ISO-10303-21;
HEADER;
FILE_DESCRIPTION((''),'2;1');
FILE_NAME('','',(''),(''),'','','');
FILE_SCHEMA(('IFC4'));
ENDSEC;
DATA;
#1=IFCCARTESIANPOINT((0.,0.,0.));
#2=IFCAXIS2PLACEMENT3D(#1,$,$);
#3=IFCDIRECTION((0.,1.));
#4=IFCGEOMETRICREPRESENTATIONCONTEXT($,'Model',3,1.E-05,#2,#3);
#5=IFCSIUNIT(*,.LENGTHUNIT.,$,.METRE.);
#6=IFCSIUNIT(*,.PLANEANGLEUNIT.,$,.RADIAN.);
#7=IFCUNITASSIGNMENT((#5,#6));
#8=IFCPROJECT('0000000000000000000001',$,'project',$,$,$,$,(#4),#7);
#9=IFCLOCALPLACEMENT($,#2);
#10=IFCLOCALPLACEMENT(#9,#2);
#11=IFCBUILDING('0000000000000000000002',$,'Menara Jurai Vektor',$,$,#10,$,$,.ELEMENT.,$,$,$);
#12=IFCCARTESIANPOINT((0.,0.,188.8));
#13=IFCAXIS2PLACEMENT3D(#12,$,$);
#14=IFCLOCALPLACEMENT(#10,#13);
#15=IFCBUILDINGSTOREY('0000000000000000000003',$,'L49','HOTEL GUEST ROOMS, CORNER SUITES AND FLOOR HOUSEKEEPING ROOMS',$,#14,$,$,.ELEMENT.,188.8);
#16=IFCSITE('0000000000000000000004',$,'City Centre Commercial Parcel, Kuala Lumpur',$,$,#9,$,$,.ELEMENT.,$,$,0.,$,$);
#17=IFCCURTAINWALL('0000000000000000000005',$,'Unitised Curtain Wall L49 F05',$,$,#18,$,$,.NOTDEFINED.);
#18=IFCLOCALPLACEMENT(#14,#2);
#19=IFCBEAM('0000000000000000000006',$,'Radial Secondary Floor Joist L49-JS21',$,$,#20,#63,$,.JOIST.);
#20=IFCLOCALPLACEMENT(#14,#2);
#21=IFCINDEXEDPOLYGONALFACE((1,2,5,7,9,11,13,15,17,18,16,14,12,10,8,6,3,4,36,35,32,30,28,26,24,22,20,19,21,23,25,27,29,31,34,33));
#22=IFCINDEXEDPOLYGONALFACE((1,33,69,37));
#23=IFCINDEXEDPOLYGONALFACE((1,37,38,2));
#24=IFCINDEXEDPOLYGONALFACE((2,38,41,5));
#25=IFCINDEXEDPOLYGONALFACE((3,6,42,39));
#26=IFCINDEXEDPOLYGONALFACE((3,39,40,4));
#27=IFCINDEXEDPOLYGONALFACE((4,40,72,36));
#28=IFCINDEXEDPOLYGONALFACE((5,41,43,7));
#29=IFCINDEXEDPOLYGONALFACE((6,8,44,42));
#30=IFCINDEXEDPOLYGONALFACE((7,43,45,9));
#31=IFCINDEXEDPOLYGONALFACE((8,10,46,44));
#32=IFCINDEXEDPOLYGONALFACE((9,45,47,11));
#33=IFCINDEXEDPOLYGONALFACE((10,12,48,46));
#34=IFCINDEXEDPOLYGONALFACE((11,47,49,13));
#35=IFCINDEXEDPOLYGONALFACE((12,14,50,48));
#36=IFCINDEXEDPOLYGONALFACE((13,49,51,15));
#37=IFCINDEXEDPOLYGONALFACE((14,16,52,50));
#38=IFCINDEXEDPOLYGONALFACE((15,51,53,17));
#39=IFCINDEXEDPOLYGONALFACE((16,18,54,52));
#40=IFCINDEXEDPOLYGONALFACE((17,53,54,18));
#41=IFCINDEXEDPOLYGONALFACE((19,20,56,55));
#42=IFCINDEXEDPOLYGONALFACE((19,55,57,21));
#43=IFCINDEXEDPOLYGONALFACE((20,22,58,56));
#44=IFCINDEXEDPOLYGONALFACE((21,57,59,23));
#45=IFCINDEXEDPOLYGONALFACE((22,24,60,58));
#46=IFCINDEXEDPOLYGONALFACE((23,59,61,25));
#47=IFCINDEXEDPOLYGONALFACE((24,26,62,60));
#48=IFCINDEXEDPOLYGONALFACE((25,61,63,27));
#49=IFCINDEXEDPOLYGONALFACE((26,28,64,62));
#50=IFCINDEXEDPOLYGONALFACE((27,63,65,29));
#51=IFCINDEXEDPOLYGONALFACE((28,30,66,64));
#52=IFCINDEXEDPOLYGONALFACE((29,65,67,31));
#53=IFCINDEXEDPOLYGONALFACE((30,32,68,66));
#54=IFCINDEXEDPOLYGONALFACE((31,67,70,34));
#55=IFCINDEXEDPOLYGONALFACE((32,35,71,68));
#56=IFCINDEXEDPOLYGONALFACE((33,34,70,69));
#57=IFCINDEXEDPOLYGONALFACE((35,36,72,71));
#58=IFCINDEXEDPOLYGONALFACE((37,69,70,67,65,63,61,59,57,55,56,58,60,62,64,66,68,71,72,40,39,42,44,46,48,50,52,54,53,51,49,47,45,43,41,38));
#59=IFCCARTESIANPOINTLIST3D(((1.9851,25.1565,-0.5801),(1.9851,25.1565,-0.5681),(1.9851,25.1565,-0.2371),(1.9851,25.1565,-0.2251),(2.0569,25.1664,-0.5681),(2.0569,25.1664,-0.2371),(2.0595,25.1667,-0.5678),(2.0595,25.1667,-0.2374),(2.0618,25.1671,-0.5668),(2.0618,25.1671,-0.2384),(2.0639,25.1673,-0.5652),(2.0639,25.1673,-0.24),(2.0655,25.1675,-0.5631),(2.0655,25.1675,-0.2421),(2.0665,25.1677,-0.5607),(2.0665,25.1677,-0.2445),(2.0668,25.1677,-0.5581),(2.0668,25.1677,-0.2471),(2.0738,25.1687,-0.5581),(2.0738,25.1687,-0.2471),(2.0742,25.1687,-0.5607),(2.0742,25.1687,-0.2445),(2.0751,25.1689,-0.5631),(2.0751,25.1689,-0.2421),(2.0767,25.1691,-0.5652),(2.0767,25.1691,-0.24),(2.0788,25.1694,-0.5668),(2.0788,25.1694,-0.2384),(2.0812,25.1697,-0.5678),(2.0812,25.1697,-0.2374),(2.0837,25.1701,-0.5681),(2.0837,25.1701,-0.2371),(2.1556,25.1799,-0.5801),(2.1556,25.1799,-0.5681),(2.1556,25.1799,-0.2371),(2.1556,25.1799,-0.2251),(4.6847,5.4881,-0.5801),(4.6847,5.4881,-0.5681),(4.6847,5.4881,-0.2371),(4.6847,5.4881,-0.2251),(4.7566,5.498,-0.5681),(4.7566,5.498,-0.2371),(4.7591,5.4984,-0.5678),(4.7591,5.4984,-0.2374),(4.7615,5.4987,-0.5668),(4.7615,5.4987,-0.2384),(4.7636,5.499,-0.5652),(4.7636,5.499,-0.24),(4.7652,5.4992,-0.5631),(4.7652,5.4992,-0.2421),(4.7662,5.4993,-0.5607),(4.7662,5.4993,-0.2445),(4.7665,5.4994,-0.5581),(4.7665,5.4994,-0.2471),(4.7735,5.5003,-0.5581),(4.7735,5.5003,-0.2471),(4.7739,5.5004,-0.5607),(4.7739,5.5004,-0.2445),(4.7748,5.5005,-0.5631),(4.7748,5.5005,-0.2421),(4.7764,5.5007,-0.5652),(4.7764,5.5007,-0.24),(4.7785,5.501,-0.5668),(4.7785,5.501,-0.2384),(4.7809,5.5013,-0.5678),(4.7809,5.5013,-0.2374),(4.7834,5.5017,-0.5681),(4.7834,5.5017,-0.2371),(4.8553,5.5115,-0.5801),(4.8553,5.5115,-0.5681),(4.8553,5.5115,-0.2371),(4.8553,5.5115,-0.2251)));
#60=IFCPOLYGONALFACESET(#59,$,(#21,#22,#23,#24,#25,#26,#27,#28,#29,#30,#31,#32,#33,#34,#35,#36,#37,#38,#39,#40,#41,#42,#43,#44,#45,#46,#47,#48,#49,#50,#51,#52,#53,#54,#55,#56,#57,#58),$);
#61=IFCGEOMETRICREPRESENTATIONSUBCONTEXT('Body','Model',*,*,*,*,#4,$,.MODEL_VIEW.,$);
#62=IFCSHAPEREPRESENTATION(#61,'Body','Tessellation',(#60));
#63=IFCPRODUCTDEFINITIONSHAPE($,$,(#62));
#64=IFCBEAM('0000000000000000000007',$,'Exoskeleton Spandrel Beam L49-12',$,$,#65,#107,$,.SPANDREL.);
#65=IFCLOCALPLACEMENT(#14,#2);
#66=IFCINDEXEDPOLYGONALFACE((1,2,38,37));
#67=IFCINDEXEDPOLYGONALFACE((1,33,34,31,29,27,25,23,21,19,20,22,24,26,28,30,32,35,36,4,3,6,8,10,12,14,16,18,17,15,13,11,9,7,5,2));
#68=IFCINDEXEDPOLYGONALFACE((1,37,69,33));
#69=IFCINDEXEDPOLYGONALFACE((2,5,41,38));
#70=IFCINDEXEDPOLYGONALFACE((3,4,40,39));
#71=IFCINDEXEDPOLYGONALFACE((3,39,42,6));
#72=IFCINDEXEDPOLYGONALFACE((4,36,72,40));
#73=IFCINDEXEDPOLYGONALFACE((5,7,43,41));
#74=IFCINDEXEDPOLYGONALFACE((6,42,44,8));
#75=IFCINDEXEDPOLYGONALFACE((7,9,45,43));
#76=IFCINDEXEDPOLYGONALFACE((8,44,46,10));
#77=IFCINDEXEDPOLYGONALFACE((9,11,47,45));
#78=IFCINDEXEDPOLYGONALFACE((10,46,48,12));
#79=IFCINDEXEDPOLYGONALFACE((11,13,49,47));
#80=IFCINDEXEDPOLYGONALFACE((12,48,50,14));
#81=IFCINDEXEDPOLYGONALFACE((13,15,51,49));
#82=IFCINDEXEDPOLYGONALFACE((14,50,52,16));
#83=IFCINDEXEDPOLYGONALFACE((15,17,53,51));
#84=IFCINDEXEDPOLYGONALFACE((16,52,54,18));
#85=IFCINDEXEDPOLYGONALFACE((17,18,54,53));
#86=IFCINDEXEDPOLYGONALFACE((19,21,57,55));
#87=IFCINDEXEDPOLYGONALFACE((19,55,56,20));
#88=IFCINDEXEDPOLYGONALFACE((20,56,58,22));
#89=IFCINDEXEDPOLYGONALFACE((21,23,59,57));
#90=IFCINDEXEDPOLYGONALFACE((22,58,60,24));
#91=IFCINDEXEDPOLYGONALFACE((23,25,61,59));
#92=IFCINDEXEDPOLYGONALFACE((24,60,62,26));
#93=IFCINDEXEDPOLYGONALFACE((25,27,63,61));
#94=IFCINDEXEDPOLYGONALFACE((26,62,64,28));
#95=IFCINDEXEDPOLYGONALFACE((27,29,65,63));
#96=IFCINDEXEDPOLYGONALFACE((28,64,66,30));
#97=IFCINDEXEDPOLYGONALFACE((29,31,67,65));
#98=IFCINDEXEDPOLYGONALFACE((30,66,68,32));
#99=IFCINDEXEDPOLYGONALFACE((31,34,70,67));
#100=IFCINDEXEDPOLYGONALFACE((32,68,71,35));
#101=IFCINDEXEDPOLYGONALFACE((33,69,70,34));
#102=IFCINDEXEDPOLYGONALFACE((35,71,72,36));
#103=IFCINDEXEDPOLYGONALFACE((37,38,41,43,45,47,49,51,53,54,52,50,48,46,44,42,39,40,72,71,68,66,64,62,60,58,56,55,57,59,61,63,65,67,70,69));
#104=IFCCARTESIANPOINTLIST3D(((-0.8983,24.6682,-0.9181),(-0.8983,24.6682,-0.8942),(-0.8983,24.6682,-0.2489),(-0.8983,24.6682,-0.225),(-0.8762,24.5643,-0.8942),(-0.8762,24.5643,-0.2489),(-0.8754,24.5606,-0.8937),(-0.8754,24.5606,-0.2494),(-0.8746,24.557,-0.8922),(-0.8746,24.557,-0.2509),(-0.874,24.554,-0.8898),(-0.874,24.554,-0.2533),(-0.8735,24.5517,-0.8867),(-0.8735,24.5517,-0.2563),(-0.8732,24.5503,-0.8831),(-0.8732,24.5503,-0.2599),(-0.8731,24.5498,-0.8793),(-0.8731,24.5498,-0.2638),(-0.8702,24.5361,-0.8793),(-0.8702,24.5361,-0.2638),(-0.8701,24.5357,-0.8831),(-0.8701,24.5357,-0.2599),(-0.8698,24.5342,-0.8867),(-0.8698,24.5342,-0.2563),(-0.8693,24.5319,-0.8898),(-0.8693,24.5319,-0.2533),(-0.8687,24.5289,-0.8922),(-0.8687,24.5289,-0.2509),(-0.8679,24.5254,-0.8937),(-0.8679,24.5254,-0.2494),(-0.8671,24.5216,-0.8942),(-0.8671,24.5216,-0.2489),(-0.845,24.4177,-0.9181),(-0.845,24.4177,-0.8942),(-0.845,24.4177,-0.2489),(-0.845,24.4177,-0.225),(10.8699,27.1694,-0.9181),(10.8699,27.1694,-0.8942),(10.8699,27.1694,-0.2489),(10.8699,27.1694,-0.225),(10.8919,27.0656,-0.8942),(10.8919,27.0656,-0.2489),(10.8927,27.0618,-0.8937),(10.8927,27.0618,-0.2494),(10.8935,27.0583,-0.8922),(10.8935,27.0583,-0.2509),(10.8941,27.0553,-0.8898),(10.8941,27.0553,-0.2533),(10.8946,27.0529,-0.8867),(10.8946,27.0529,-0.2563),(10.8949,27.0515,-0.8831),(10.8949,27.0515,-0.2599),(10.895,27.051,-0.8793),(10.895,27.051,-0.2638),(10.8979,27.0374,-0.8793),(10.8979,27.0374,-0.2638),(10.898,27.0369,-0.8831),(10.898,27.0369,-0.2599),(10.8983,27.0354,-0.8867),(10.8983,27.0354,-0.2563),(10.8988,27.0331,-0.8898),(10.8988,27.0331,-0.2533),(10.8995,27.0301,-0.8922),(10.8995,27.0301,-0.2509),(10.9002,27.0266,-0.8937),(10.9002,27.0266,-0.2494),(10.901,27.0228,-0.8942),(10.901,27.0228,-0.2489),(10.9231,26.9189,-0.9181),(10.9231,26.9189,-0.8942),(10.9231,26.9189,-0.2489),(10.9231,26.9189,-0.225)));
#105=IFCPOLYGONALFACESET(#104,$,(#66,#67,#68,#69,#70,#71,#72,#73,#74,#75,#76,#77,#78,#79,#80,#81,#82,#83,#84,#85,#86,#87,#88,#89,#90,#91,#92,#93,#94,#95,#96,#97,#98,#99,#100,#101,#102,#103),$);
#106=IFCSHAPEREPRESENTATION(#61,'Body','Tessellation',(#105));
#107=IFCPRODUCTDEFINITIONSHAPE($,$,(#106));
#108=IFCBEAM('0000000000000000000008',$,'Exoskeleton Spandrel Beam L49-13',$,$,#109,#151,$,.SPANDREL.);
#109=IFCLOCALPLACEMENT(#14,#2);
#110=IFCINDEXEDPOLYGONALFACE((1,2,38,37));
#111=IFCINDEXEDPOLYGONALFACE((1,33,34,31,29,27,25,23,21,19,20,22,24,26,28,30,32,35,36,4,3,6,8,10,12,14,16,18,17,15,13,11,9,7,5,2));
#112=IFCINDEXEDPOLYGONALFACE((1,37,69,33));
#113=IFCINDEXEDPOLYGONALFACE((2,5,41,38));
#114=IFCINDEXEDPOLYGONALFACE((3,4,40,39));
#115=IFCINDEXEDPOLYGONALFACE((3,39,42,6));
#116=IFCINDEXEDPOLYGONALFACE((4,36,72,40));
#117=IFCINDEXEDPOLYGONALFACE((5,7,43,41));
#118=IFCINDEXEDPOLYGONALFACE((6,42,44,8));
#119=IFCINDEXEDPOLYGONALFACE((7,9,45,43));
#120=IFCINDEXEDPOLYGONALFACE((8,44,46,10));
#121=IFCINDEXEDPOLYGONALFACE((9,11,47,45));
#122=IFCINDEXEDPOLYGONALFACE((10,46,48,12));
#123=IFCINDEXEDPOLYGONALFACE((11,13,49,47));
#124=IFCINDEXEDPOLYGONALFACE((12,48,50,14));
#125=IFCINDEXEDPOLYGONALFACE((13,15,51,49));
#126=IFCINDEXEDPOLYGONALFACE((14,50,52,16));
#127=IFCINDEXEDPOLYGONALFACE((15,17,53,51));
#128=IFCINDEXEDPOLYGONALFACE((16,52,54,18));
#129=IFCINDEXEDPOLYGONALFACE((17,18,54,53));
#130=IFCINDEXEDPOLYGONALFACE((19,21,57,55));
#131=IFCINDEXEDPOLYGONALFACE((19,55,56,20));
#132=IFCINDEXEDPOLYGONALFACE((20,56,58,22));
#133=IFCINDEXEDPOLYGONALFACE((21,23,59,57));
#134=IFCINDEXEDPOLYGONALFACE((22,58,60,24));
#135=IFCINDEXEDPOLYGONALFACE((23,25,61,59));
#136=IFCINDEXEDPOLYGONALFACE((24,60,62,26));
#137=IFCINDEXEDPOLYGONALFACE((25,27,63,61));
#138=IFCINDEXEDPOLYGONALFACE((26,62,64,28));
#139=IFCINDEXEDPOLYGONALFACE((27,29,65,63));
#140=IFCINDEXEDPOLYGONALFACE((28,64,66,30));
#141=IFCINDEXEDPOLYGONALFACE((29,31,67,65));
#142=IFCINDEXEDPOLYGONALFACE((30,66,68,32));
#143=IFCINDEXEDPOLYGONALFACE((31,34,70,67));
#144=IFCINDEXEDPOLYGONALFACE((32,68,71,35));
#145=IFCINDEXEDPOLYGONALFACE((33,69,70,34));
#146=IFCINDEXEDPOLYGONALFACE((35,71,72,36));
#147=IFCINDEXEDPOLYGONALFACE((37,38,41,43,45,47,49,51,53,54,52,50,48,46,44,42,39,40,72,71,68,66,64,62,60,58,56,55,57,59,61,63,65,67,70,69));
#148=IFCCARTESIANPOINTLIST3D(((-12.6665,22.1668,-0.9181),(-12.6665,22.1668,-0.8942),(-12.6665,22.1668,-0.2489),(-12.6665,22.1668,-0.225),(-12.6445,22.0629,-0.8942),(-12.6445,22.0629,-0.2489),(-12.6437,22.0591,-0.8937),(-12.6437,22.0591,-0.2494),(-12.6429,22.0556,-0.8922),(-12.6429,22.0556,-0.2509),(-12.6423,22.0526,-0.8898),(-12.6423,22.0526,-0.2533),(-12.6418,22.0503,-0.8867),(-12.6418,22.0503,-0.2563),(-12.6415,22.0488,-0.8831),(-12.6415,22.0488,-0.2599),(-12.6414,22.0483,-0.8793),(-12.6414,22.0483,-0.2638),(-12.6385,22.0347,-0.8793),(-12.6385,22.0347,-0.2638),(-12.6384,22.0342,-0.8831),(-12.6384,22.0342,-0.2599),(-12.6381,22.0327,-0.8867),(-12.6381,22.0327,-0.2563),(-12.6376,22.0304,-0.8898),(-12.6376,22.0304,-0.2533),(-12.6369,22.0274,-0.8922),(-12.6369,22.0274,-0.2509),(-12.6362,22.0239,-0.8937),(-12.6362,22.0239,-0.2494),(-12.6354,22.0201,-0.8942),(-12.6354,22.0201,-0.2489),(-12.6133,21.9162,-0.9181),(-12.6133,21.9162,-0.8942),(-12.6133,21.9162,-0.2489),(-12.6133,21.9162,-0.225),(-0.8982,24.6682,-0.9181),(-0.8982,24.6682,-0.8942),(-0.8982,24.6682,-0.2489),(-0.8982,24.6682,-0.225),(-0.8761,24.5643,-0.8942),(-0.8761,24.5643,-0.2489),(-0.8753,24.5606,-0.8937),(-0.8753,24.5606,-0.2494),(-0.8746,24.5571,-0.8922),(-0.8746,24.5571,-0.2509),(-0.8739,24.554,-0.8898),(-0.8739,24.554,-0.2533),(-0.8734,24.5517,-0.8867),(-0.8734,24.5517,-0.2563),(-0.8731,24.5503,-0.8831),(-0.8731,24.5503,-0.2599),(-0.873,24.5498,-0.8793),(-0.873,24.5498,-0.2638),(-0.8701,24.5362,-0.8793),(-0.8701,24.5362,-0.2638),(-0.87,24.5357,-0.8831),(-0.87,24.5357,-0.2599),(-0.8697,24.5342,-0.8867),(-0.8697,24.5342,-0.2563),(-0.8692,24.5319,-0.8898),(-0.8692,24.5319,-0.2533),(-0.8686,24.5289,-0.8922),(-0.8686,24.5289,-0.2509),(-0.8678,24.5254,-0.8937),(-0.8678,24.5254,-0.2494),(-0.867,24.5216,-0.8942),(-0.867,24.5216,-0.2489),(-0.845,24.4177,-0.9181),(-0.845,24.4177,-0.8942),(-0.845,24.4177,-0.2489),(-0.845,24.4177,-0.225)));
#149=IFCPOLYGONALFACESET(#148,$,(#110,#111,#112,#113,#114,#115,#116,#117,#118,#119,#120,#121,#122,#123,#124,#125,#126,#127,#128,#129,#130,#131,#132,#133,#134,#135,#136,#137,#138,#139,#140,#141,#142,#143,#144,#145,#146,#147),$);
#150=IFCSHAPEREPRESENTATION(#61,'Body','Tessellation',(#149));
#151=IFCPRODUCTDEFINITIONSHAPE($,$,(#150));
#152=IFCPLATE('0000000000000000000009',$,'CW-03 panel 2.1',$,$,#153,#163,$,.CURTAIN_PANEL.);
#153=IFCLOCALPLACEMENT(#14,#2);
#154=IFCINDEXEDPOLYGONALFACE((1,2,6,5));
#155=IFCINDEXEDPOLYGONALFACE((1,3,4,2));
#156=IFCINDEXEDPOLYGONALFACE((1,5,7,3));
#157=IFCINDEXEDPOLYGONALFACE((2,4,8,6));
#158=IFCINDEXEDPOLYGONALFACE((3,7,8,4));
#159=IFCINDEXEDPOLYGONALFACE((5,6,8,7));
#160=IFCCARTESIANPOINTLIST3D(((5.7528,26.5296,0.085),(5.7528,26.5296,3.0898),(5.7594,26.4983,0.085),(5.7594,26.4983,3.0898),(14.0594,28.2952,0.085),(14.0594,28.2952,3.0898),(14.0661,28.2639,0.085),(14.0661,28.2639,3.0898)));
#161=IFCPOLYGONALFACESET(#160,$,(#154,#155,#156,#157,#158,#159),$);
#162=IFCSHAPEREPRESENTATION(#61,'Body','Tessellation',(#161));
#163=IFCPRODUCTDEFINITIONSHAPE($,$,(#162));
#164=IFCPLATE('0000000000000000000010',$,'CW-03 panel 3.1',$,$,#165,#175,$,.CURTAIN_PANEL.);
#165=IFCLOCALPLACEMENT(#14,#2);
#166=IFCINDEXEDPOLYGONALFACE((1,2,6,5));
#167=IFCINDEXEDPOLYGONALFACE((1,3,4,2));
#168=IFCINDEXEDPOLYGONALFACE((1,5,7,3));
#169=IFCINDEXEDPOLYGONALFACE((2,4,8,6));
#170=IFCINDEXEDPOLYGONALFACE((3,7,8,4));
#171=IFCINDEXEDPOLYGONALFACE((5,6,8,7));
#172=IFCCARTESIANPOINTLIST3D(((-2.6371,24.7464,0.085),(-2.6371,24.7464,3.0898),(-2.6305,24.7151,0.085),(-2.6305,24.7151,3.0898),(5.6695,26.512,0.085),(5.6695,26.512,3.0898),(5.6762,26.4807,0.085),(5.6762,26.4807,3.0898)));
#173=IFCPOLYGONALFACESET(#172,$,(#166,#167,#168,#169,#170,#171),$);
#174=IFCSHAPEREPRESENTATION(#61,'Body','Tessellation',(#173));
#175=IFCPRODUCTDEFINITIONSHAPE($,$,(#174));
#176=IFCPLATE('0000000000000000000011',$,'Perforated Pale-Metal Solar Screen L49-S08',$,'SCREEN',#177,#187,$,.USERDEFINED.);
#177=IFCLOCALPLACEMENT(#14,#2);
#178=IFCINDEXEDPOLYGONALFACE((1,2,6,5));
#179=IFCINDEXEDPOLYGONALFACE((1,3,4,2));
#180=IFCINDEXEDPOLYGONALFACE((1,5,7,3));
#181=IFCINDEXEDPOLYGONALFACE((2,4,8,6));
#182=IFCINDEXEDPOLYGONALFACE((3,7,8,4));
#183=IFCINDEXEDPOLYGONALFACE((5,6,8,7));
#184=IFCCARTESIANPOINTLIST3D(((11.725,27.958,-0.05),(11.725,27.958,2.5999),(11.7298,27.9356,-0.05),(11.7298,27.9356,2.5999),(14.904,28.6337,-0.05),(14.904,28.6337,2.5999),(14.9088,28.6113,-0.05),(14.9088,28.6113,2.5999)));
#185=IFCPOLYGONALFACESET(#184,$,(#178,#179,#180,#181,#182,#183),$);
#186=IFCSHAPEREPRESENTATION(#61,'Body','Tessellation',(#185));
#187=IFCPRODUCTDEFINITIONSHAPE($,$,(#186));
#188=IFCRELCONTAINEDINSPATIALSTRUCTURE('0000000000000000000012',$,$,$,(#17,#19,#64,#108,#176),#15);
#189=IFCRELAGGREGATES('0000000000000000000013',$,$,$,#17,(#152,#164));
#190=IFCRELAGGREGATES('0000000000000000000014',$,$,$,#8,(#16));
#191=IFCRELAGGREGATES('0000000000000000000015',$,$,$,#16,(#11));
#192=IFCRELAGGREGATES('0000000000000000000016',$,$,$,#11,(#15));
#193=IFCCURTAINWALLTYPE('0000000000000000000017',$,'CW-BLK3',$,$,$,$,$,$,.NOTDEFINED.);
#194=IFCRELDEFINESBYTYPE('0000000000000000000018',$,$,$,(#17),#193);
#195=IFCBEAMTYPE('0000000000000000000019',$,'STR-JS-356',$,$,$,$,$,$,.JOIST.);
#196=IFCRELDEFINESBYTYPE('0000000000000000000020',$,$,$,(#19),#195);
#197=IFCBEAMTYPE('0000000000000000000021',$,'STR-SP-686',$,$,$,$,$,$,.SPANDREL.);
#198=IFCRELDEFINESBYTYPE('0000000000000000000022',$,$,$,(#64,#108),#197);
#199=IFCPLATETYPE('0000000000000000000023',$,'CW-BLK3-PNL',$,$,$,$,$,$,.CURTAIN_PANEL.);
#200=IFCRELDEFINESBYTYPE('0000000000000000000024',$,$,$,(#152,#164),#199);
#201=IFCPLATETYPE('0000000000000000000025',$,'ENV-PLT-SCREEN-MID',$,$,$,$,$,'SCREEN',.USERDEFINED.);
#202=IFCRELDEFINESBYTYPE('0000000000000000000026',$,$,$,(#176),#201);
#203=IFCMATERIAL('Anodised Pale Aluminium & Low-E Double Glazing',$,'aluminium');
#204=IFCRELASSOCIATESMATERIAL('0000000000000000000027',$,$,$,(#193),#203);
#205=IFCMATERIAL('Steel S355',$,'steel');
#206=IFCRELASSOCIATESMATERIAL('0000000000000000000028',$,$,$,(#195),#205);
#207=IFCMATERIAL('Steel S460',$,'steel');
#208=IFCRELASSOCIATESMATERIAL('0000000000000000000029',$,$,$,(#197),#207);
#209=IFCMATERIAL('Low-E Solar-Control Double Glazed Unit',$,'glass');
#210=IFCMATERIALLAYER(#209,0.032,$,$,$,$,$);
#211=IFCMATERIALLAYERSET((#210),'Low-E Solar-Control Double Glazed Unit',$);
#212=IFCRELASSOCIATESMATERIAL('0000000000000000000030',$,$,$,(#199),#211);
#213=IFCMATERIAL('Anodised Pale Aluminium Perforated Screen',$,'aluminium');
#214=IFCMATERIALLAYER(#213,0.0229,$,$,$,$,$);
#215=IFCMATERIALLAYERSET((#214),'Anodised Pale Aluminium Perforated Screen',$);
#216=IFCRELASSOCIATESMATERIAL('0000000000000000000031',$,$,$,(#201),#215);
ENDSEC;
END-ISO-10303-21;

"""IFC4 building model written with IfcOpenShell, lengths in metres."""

from ifc_helpers import new_model, si_unit, direction, frame, origin, origin_2d, place, context, subcontext, project, spatial, rectangle, i_section, extrude, material, layer, layer_set, material_profile, profile_set, type_object, element, aggregate, save


model = new_model("IFC4")

# Units and contexts
model_context = context("Model", 3, precision=1e-05, world=origin(), true_north=direction((0.0, 1.0)))
body_context = subcontext(model_context, "Body", "Model", "MODEL_VIEW")
ifc_project = project(units=[si_unit("LENGTHUNIT", "METRE"), si_unit("PLANEANGLEUNIT", "RADIAN")], contexts=[model_context])

# Site, building, storey
site_placement = place(None, origin())
site = spatial("IfcSite", under=ifc_project, at=site_placement, Name="City Centre Commercial Parcel, Kuala Lumpur", CompositionType="ELEMENT", RefElevation=0.0)
building_placement = place(site_placement, origin())
building = spatial("IfcBuilding", under=site, at=building_placement, Name="Menara Jurai Vektor", CompositionType="ELEMENT")
storey_placement = place(building_placement, frame((0.0, 0.0, 188.8)))
storey = spatial("IfcBuildingStorey", under=building, at=storey_placement, Name="L49", Description="HOTEL GUEST ROOMS, CORNER SUITES AND FLOOR HOUSEKEEPING ROOMS", CompositionType="ELEMENT", Elevation=188.8)

# Shared definitions
ifc_material_1 = material(Name="Steel S460", Category="steel")

# Curtain wall
ifc_material_2 = material(Name="Anodised Pale Aluminium & Low-E Double Glazing", Category="aluminium")
curtain_wall_type = type_object("IfcCurtainWallType", Name="CW-BLK3", PredefinedType="NOTDEFINED", material=ifc_material_2)
curtain_wall_placement = place(storey_placement, origin())
curtain_wall = element("IfcCurtainWall", 1, at=curtain_wall_placement, inside=storey, type_object=curtain_wall_type, Name="Unitised Curtain Wall L49 F05", PredefinedType="NOTDEFINED")

# Beams
ifc_material_3 = material(Name="Steel S355", Category="steel")
ifc_material_profile_1 = material_profile(ifc_material_3, i_section(OverallWidth=0.1721, OverallDepth=0.355, WebThickness=0.0071, FlangeThickness=0.012, FilletRadius=0.01, at=origin_2d()), Name="UKB 356x171x51")
ifc_profile_set_1 = profile_set([ifc_material_profile_1], Name="Steel S355")
beam_type_1 = type_object("IfcBeamType", Name="STR-JS-356", PredefinedType="JOIST", material=ifc_profile_set_1)
beam_1_placement = place(storey_placement, frame((2.0703, 25.1682, -0.4026), z_axis=(0.135986, -0.990711, 0.0), x_axis=(0.990711, 0.135986, 0.0)))
element("IfcBeam", 2, at=beam_1_placement, inside=storey, type_object=beam_type_1, Name="Radial Secondary Floor Joist L49-JS21", PredefinedType="JOIST", context=body_context, shape_type="SweptSolid", body=[
    extrude(i_section(OverallWidth=0.1721, OverallDepth=0.355, WebThickness=0.0071, FlangeThickness=0.012, FilletRadius=0.01, at=origin_2d()), origin(), (0.0, 0.0, 1.0), 19.8528),
])
ifc_material_profile_2 = material_profile(ifc_material_1, i_section(OverallWidth=0.2561, OverallDepth=0.6931, WebThickness=0.0139, FlangeThickness=0.0239, FilletRadius=0.0149, at=origin_2d()), Name="UKB 686x254x170")
ifc_profile_set_2 = profile_set([ifc_material_profile_2], Name="Steel S460")
beam_type_2 = type_object("IfcBeamType", Name="STR-SP-686", PredefinedType="SPANDREL", material=ifc_profile_set_2)
beam_2_placement = place(storey_placement, frame((10.8965, 27.0442, -0.5715), z_axis=(-0.97815, -0.207899, 0.0), x_axis=(0.207899, -0.97815, 0.0)))
element("IfcBeam", 3, at=beam_2_placement, inside=storey, type_object=beam_type_2, Name="Exoskeleton Spandrel Beam L49-12", PredefinedType="SPANDREL", context=body_context, shape_type="SweptSolid", body=[
    extrude(i_section(OverallWidth=0.2561, OverallDepth=0.6931, WebThickness=0.0139, FlangeThickness=0.0239, FilletRadius=0.0149, at=origin_2d()), origin(), (0.0, 0.0, 1.0), 12.031),
])
beam_3_placement = place(storey_placement, frame((-0.8716, 24.543, -0.5715), z_axis=(-0.978147, -0.207914, 0.0), x_axis=(0.207914, -0.978147, 0.0)))
element("IfcBeam", 4, at=beam_3_placement, inside=storey, type_object=beam_type_2, Name="Exoskeleton Spandrel Beam L49-13", PredefinedType="SPANDREL", context=body_context, shape_type="SweptSolid", body=[
    extrude(i_section(OverallWidth=0.2561, OverallDepth=0.6931, WebThickness=0.0139, FlangeThickness=0.0239, FilletRadius=0.0149, at=origin_2d()), origin(), (0.0, 0.0, 1.0), 12.0312),
])

# Plates
ifc_material_4 = material(Name="Low-E Solar-Control Double Glazed Unit", Category="glass")
ifc_layer_1 = layer(ifc_material_4, 0.032)
ifc_layer_set_1 = layer_set([ifc_layer_1], Name="Low-E Solar-Control Double Glazed Unit")
plate_type_1 = type_object("IfcPlateType", Name="CW-BLK3-PNL", PredefinedType="CURTAIN_PANEL", material=ifc_layer_set_1)
plate_1_placement = place(storey_placement, frame((9.9094, 27.3967, 0.085), z_axis=(0.0, 0.0, 1.0), x_axis=(-0.978148, -0.207911, 0.0)))
plate_1 = element("IfcPlate", 5, at=plate_1_placement, type_object=plate_type_1, Name="CW-03 panel 2.1", PredefinedType="CURTAIN_PANEL", context=body_context, shape_type="SweptSolid", body=[
    extrude(rectangle(XDim=8.4922, YDim=0.032, at=origin_2d()), origin(), (0.0, 0.0, 1.0), 3.0049),
])
plate_2_placement = place(storey_placement, frame((1.5195, 25.6135, 0.085), z_axis=(0.0, 0.0, 1.0), x_axis=(-0.978148, -0.207911, 0.0)))
plate_2 = element("IfcPlate", 6, at=plate_2_placement, type_object=plate_type_1, Name="CW-03 panel 3.1", PredefinedType="CURTAIN_PANEL", context=body_context, shape_type="SweptSolid", body=[
    extrude(rectangle(XDim=8.4922, YDim=0.032, at=origin_2d()), origin(), (0.0, 0.0, 1.0), 3.0049),
])
aggregate(curtain_wall, [plate_1, plate_2])
ifc_material_5 = material(Name="Anodised Pale Aluminium Perforated Screen", Category="aluminium")
ifc_layer_2 = layer(ifc_material_5, 0.0229)
ifc_layer_set_2 = layer_set([ifc_layer_2], Name="Anodised Pale Aluminium Perforated Screen")
plate_type_2 = type_object("IfcPlateType", Name="ENV-PLT-SCREEN-MID", ElementType="SCREEN", PredefinedType="USERDEFINED", material=ifc_layer_set_2)
plate_3_placement = place(storey_placement, frame((13.3169, 28.2847, -0.05), z_axis=(0.0, 0.0, 1.0), x_axis=(-0.978148, -0.207912, 0.0)))
element("IfcPlate", 7, at=plate_3_placement, inside=storey, type_object=plate_type_2, Name="Perforated Pale-Metal Solar Screen L49-S08", ObjectType="SCREEN", PredefinedType="USERDEFINED", context=body_context, shape_type="SweptSolid", body=[
    extrude(rectangle(XDim=3.25, YDim=0.0229, at=origin_2d()), origin(), (0.0, 0.0, 1.0), 2.6499),
])

save(model, "model.ifc")
